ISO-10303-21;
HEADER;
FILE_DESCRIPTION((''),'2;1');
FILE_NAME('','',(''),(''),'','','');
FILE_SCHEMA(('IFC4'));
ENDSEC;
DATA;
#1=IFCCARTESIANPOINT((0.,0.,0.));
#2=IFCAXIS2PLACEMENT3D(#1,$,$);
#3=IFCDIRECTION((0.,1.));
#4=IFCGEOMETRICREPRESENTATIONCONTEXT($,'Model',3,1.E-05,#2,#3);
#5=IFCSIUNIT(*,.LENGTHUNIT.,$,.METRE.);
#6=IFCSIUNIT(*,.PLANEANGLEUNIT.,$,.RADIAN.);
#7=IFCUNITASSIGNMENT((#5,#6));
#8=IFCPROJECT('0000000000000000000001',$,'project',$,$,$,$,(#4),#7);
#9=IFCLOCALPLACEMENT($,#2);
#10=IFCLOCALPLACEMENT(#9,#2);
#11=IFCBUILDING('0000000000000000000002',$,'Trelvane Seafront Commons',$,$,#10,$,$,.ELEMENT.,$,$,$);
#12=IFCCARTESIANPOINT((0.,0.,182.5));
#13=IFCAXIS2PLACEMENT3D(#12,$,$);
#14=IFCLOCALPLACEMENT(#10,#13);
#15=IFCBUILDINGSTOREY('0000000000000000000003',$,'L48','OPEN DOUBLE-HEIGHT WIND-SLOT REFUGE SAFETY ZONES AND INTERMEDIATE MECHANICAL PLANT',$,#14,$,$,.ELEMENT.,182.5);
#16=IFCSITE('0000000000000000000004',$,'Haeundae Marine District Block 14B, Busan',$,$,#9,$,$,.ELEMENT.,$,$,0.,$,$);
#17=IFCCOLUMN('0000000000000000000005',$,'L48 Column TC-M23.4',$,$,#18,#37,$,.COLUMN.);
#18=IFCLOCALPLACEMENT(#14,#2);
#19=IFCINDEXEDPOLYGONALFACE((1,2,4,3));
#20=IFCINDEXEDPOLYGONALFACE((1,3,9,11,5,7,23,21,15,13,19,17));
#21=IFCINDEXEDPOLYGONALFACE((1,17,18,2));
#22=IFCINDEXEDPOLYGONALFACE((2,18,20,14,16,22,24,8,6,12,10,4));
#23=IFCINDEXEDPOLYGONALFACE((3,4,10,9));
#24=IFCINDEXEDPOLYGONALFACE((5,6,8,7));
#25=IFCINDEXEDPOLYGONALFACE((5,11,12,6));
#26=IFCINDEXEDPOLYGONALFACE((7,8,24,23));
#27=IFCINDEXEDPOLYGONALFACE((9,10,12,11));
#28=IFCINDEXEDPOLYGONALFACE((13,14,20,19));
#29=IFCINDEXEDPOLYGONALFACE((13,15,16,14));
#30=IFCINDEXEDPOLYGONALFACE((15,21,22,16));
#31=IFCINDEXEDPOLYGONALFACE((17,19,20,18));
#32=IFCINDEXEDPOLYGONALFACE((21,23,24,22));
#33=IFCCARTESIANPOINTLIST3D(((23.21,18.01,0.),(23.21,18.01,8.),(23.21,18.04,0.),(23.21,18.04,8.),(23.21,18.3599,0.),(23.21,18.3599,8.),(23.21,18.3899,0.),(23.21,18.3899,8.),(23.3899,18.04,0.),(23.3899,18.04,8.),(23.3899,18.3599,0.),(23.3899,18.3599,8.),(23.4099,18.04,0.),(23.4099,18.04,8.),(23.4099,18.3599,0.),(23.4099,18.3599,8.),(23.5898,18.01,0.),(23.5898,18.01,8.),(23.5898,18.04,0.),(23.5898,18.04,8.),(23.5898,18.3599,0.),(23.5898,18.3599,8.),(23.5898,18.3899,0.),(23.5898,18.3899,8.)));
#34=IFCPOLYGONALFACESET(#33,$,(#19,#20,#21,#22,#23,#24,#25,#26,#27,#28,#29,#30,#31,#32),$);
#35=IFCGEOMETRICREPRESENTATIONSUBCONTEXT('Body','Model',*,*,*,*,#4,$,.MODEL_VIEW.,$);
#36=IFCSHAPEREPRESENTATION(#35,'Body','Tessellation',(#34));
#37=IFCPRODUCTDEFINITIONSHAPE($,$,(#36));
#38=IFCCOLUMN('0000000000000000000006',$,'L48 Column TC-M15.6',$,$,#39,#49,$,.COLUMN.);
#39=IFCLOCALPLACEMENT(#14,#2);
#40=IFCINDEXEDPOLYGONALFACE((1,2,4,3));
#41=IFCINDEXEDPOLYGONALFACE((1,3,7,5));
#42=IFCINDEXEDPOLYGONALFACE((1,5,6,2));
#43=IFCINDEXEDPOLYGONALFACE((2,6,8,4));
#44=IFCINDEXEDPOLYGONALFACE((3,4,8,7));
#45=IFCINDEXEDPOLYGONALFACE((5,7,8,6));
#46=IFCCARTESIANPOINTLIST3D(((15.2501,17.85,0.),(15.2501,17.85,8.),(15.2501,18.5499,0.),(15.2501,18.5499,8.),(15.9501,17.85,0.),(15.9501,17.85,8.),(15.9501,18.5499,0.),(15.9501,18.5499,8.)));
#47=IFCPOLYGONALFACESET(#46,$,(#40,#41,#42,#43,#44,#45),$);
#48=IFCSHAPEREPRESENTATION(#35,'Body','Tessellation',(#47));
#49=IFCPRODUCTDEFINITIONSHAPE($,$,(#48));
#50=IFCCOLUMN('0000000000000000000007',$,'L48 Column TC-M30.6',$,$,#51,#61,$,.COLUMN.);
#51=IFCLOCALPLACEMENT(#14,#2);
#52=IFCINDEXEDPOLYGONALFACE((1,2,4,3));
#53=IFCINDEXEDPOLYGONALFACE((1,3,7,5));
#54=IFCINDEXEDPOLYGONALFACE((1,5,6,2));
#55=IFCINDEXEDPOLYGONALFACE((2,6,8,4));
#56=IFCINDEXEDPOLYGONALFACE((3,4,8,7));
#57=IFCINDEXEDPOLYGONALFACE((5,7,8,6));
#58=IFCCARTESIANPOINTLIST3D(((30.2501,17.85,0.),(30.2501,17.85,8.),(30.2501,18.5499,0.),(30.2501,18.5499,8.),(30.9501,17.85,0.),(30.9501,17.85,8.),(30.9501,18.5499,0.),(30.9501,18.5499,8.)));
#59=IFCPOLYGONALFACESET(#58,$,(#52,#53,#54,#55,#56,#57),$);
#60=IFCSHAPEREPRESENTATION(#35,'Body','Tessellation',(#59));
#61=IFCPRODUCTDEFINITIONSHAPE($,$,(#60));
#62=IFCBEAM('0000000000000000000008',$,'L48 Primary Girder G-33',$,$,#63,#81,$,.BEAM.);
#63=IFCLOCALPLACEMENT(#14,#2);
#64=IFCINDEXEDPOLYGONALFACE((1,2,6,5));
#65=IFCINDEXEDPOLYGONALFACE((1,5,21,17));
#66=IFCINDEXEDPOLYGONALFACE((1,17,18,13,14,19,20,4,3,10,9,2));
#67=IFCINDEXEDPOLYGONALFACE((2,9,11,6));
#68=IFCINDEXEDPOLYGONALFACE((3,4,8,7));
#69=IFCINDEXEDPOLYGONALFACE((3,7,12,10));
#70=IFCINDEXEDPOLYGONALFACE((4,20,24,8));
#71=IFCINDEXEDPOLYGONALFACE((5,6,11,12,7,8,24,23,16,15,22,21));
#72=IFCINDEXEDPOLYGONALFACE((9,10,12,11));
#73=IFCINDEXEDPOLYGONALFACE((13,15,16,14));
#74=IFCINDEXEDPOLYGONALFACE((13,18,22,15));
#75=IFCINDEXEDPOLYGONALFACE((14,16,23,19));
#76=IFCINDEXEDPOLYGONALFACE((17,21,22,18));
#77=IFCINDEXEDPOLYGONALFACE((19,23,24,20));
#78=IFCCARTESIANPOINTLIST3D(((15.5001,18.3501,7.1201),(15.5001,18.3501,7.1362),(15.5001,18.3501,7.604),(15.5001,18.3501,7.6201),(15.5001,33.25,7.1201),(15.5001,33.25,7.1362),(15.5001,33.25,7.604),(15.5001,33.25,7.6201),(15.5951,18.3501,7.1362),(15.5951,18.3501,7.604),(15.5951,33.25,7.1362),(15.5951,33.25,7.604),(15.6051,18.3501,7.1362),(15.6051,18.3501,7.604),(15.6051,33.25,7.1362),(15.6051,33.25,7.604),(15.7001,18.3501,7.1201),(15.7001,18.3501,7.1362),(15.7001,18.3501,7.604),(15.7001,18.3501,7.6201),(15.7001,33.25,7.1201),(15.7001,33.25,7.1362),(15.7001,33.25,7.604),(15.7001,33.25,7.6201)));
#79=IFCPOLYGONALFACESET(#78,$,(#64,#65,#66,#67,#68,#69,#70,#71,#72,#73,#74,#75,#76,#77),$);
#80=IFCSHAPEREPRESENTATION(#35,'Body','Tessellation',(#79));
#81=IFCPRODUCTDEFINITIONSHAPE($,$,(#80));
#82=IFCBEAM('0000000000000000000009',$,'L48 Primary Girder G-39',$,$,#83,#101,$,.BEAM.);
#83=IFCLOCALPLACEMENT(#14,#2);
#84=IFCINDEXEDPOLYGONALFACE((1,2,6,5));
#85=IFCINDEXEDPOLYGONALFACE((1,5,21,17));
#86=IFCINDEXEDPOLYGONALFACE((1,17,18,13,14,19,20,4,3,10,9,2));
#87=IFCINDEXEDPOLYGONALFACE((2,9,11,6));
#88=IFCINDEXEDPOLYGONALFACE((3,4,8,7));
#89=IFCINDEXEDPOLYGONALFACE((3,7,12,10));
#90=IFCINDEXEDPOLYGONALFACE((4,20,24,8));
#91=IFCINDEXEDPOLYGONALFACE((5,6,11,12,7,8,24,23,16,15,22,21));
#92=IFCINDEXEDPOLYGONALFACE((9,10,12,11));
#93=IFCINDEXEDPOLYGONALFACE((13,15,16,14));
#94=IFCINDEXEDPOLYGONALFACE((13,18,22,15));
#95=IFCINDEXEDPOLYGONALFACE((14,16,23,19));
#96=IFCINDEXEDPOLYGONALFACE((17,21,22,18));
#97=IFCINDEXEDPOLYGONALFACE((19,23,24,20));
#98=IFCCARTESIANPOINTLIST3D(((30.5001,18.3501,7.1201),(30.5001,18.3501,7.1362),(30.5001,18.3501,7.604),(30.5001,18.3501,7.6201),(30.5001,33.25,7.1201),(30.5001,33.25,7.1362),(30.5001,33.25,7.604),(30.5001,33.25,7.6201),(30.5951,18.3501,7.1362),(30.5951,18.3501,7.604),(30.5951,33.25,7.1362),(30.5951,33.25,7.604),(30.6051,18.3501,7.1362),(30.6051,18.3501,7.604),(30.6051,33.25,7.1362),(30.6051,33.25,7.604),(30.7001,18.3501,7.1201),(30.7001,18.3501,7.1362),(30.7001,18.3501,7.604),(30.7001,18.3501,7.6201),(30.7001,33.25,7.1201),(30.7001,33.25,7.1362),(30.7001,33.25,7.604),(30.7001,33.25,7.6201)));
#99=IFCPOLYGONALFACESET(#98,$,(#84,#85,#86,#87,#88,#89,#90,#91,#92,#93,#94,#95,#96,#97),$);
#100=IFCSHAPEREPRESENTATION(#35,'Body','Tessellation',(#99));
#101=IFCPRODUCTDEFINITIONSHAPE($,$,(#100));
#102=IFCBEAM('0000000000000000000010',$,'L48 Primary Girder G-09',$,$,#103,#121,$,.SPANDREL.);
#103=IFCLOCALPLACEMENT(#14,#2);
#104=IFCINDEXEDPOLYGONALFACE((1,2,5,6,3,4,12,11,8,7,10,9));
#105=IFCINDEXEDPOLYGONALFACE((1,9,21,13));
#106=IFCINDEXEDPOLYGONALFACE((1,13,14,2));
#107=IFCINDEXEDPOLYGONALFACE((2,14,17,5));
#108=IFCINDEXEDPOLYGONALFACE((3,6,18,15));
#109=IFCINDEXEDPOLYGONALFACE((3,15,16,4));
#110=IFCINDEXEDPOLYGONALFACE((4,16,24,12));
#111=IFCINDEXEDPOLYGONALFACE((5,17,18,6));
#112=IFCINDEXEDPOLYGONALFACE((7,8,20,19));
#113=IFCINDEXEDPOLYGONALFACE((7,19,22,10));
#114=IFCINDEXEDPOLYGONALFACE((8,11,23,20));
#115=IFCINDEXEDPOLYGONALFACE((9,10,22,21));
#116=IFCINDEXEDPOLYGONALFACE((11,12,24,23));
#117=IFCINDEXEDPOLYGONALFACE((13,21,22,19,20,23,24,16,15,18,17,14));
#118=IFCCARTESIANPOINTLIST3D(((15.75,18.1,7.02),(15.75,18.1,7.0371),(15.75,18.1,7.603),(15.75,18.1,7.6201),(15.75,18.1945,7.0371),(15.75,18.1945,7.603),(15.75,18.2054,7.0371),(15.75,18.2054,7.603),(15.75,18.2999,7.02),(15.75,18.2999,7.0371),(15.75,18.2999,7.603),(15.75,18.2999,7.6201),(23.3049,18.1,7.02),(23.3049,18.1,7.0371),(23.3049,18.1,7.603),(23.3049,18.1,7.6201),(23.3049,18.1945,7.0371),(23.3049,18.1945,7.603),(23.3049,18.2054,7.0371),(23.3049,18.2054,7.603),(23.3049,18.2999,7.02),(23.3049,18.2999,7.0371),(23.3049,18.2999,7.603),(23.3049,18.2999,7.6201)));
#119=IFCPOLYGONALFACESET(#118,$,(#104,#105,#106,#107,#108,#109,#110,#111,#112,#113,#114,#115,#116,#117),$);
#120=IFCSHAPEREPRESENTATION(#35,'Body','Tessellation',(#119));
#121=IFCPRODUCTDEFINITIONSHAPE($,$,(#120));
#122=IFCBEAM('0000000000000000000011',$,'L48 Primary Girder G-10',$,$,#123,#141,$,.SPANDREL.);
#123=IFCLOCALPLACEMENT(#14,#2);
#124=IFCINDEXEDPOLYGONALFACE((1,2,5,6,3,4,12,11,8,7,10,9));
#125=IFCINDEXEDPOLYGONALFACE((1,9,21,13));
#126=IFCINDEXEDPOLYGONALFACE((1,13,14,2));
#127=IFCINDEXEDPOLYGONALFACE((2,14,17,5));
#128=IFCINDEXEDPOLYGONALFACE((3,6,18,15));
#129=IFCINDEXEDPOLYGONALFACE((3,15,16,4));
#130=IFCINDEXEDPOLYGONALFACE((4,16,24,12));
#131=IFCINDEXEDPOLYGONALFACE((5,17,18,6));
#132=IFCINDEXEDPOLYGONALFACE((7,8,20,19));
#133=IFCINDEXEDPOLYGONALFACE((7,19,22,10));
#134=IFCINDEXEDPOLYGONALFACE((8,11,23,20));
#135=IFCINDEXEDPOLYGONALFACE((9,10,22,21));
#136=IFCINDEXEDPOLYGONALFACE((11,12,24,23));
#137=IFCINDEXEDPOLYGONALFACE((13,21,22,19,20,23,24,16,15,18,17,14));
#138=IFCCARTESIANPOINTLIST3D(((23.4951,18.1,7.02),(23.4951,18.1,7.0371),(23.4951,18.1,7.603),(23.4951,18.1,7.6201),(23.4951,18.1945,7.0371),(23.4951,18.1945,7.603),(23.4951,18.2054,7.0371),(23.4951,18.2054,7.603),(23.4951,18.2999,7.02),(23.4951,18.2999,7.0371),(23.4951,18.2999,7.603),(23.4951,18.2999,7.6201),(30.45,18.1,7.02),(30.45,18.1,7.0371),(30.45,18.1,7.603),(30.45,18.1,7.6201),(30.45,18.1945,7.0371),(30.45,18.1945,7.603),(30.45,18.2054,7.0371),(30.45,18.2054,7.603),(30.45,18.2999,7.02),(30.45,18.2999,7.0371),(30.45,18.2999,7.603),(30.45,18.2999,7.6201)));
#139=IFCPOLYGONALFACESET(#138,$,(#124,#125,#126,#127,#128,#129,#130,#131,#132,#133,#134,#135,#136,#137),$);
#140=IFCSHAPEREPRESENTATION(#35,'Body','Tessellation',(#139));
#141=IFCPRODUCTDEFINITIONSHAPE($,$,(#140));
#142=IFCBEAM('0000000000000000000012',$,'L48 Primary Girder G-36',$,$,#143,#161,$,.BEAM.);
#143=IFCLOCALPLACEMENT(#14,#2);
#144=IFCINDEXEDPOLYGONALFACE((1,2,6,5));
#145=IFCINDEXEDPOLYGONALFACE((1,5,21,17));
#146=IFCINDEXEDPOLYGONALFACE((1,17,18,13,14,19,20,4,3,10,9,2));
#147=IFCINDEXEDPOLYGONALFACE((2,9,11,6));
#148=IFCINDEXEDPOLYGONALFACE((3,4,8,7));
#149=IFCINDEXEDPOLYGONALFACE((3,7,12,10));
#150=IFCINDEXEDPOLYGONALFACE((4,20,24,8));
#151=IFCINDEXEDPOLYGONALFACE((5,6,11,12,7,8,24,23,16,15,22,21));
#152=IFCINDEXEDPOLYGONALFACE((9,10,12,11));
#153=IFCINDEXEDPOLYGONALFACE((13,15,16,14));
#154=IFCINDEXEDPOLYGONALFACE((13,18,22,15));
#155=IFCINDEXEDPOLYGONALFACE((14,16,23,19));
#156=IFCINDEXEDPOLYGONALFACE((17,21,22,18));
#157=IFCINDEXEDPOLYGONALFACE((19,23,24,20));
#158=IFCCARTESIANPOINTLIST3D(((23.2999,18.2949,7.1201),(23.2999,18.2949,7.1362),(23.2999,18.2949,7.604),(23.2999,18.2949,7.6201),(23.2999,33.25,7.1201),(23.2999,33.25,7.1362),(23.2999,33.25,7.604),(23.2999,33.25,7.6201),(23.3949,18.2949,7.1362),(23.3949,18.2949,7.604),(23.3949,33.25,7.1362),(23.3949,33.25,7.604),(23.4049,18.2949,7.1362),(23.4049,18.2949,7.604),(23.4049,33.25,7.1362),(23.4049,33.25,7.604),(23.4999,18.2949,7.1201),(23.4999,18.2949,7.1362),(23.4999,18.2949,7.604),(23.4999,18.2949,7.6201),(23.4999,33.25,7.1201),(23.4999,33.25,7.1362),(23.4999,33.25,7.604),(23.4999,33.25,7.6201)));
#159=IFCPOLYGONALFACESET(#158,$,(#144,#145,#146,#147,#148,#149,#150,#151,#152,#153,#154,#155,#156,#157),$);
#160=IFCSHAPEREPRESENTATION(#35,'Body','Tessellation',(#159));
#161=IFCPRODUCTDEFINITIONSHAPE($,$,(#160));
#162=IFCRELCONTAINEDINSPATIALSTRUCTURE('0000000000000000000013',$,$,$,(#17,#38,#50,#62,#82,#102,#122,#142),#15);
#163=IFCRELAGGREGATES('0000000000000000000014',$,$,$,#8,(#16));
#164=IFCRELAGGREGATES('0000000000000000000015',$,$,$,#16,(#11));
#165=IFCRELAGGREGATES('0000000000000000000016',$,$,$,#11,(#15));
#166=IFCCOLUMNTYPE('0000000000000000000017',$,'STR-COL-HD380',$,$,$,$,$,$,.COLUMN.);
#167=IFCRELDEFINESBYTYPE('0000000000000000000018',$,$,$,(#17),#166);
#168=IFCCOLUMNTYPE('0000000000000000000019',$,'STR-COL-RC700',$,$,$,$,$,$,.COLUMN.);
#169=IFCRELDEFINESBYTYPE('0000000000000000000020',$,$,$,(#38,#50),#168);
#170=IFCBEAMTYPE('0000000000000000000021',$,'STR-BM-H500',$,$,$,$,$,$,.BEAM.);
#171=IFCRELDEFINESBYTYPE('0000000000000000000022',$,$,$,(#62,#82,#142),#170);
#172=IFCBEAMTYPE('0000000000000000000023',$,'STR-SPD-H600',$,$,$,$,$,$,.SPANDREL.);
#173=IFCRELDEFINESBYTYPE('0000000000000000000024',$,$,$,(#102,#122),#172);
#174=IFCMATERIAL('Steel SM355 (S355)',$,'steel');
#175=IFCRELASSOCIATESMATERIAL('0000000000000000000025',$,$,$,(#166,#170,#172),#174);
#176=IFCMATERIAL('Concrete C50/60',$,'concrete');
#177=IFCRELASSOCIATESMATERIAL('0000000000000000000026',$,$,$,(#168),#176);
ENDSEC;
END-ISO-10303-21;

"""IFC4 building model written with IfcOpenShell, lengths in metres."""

from ifc_helpers import new_model, si_unit, direction, frame, origin, origin_2d, place, context, subcontext, project, spatial, rectangle, i_section, extrude, source, transform, mapped, material, material_profile, profile_set, type_object, element, save


model = new_model("IFC4")

# Units and contexts
model_context = context("Model", 3, precision=1e-05, world=origin(), true_north=direction((0.0, 1.0)))
body_context = subcontext(model_context, "Body", "Model", "MODEL_VIEW")
ifc_project = project(units=[si_unit("LENGTHUNIT", "METRE"), si_unit("PLANEANGLEUNIT", "RADIAN")], contexts=[model_context])

# Site, building, storey
site_placement = place(None, origin())
site = spatial("IfcSite", under=ifc_project, at=site_placement, Name="Haeundae Marine District Block 14B, Busan", CompositionType="ELEMENT", RefElevation=0.0)
building_placement = place(site_placement, origin())
building = spatial("IfcBuilding", under=site, at=building_placement, Name="Trelvane Seafront Commons", CompositionType="ELEMENT")
storey_placement = place(building_placement, frame((0.0, 0.0, 182.5)))
storey = spatial("IfcBuildingStorey", under=building, at=storey_placement, Name="L48", Description="OPEN DOUBLE-HEIGHT WIND-SLOT REFUGE SAFETY ZONES AND INTERMEDIATE MECHANICAL PLANT", CompositionType="ELEMENT", Elevation=182.5)

# Columns
ifc_material_1 = material(Name="Steel SM355 (S355)", Category="steel")
ifc_material_profile_1 = material_profile(ifc_material_1, i_section(OverallWidth=0.3799, OverallDepth=0.3799, WebThickness=0.02, FlangeThickness=0.03, at=origin_2d()), Name="HD-380x380x20x30")
ifc_profile_set_1 = profile_set([ifc_material_profile_1], Name="Steel SM355 (S355)")
column_type_1 = type_object("IfcColumnType", Name="STR-COL-HD380", PredefinedType="COLUMN", material=ifc_profile_set_1)
shared_shape_1 = source(origin(), body_context, "Body", "SweptSolid", [
    extrude(i_section(OverallWidth=0.3799, OverallDepth=0.3799, WebThickness=0.02, FlangeThickness=0.03, at=origin_2d()), origin(), (0.0, 0.0, 1.0), 8.0),
])
column_placement = place(storey_placement, frame((23.3999, 18.2, 0.0), z_axis=(0.0, 0.0, 1.0), x_axis=(1.0, 0.0, 0.0)))
element("IfcColumn", 1, at=column_placement, inside=storey, type_object=column_type_1, Name="L48 Column TC-M23.4", PredefinedType="COLUMN", context=body_context, shape_type="MappedRepresentation", body=[
    mapped(shared_shape_1, transform((0.0, 0.0, 0.0), x_axis=(1.0, 0.0, 0.0), y_axis=(0.0, 1.0, 0.0), z_axis=(0.0, 0.0, 1.0), scale=1.0)),
])
ifc_material_2 = material(Name="Concrete C50/60", Category="concrete")
ifc_material_profile_2 = material_profile(ifc_material_2, rectangle(XDim=0.7, YDim=0.7, at=origin_2d()), Name="RC-700x700")
ifc_profile_set_2 = profile_set([ifc_material_profile_2], Name="Concrete C50/60")
column_type_2 = type_object("IfcColumnType", Name="STR-COL-RC700", PredefinedType="COLUMN", material=ifc_profile_set_2)
shared_shape_2 = source(origin(), body_context, "Body", "SweptSolid", [
    extrude(rectangle(XDim=0.7, YDim=0.7, at=origin_2d()), origin(), (0.0, 0.0, 1.0), 8.0),
])
for number, where, z_axis, x_axis, name in (
    (2, (15.6001, 18.2, 0.0), (0.0, 0.0, 1.0), (1.0, 0.0, 0.0), "L48 Column TC-M15.6"),
    (3, (30.6001, 18.2, 0.0), (0.0, 0.0, 1.0), (1.0, 0.0, 0.0), "L48 Column TC-M30.6"),
):
    element("IfcColumn", number, at=place(storey_placement, frame(where, z_axis=z_axis, x_axis=x_axis)), inside=storey, type_object=column_type_2, Name=name, PredefinedType="COLUMN", context=body_context, shape_type="MappedRepresentation", body=[
        mapped(shared_shape_2, transform((0.0, 0.0, 0.0), x_axis=(1.0, 0.0, 0.0), y_axis=(0.0, 1.0, 0.0), z_axis=(0.0, 0.0, 1.0), scale=1.0)),
    ])

# Beams
ifc_material_profile_3 = material_profile(ifc_material_1, i_section(OverallWidth=0.2, OverallDepth=0.5, WebThickness=0.01, FlangeThickness=0.0161, at=origin_2d()), Name="H-500x200x10x16")
ifc_profile_set_3 = profile_set([ifc_material_profile_3], Name="Steel SM355 (S355)")
beam_type_1 = type_object("IfcBeamType", Name="STR-BM-H500", PredefinedType="BEAM", material=ifc_profile_set_3)
shared_shape_3 = source(origin(), body_context, "Body", "SweptSolid", [
    extrude(i_section(OverallWidth=0.2, OverallDepth=0.5, WebThickness=0.01, FlangeThickness=0.0161, at=origin_2d()), origin(), (0.0, 0.0, 1.0), 14.8999),
])
for number, where, z_axis, x_axis, name in (
    (4, (15.6001, 18.3501, 7.3701), (0.0, 1.0, 0.0), (-1.0, 0.0, 0.0), "L48 Primary Girder G-33"),
    (5, (30.6001, 18.3501, 7.3701), (0.0, 1.0, 0.0), (-1.0, 0.0, 0.0), "L48 Primary Girder G-39"),
):
    element("IfcBeam", number, at=place(storey_placement, frame(where, z_axis=z_axis, x_axis=x_axis)), inside=storey, type_object=beam_type_1, Name=name, PredefinedType="BEAM", context=body_context, shape_type="MappedRepresentation", body=[
        mapped(shared_shape_3, transform((0.0, 0.0, 0.0), x_axis=(1.0, 0.0, 0.0), y_axis=(0.0, 1.0, 0.0), z_axis=(0.0, 0.0, 1.0), scale=1.0)),
    ])
ifc_material_profile_4 = material_profile(ifc_material_1, i_section(OverallWidth=0.2, OverallDepth=0.6001, WebThickness=0.011, FlangeThickness=0.0171, at=origin_2d()), Name="H-600x200x11x17")
ifc_profile_set_4 = profile_set([ifc_material_profile_4], Name="Steel SM355 (S355)")
beam_type_2 = type_object("IfcBeamType", Name="STR-SPD-H600", PredefinedType="SPANDREL", material=ifc_profile_set_4)
shared_shape_4 = source(origin(), body_context, "Body", "SweptSolid", [
    extrude(i_section(OverallWidth=0.2, OverallDepth=0.6001, WebThickness=0.011, FlangeThickness=0.0171, at=origin_2d()), origin(), (0.0, 0.0, 1.0), 7.5549),
])
beam_1_placement = place(storey_placement, frame((15.75, 18.2, 7.3201), z_axis=(1.0, 0.0, 0.0), x_axis=(0.0, 1.0, 0.0)))
element("IfcBeam", 6, at=beam_1_placement, inside=storey, type_object=beam_type_2, Name="L48 Primary Girder G-09", PredefinedType="SPANDREL", context=body_context, shape_type="MappedRepresentation", body=[
    mapped(shared_shape_4, transform((0.0, 0.0, 0.0), x_axis=(1.0, 0.0, 0.0), y_axis=(0.0, 1.0, 0.0), z_axis=(0.0, 0.0, 1.0), scale=1.0)),
])
shared_shape_5 = source(origin(), body_context, "Body", "SweptSolid", [
    extrude(i_section(OverallWidth=0.2, OverallDepth=0.6001, WebThickness=0.011, FlangeThickness=0.0171, at=origin_2d()), origin(), (0.0, 0.0, 1.0), 6.9548),
])
beam_2_placement = place(storey_placement, frame((23.4951, 18.2, 7.3201), z_axis=(1.0, 0.0, 0.0), x_axis=(0.0, 1.0, 0.0)))
element("IfcBeam", 7, at=beam_2_placement, inside=storey, type_object=beam_type_2, Name="L48 Primary Girder G-10", PredefinedType="SPANDREL", context=body_context, shape_type="MappedRepresentation", body=[
    mapped(shared_shape_5, transform((0.0, 0.0, 0.0), x_axis=(1.0, 0.0, 0.0), y_axis=(0.0, 1.0, 0.0), z_axis=(0.0, 0.0, 1.0), scale=1.0)),
])
shared_shape_6 = source(origin(), body_context, "Body", "SweptSolid", [
    extrude(i_section(OverallWidth=0.2, OverallDepth=0.5, WebThickness=0.01, FlangeThickness=0.0161, at=origin_2d()), origin(), (0.0, 0.0, 1.0), 14.9551),
])
beam_3_placement = place(storey_placement, frame((23.3999, 18.2949, 7.3701), z_axis=(0.0, 1.0, 0.0), x_axis=(-1.0, 0.0, 0.0)))
element("IfcBeam", 8, at=beam_3_placement, inside=storey, type_object=beam_type_1, Name="L48 Primary Girder G-36", PredefinedType="BEAM", context=body_context, shape_type="MappedRepresentation", body=[
    mapped(shared_shape_6, transform((0.0, 0.0, 0.0), x_axis=(1.0, 0.0, 0.0), y_axis=(0.0, 1.0, 0.0), z_axis=(0.0, 0.0, 1.0), scale=1.0)),
])

save(model, "model.ifc")
